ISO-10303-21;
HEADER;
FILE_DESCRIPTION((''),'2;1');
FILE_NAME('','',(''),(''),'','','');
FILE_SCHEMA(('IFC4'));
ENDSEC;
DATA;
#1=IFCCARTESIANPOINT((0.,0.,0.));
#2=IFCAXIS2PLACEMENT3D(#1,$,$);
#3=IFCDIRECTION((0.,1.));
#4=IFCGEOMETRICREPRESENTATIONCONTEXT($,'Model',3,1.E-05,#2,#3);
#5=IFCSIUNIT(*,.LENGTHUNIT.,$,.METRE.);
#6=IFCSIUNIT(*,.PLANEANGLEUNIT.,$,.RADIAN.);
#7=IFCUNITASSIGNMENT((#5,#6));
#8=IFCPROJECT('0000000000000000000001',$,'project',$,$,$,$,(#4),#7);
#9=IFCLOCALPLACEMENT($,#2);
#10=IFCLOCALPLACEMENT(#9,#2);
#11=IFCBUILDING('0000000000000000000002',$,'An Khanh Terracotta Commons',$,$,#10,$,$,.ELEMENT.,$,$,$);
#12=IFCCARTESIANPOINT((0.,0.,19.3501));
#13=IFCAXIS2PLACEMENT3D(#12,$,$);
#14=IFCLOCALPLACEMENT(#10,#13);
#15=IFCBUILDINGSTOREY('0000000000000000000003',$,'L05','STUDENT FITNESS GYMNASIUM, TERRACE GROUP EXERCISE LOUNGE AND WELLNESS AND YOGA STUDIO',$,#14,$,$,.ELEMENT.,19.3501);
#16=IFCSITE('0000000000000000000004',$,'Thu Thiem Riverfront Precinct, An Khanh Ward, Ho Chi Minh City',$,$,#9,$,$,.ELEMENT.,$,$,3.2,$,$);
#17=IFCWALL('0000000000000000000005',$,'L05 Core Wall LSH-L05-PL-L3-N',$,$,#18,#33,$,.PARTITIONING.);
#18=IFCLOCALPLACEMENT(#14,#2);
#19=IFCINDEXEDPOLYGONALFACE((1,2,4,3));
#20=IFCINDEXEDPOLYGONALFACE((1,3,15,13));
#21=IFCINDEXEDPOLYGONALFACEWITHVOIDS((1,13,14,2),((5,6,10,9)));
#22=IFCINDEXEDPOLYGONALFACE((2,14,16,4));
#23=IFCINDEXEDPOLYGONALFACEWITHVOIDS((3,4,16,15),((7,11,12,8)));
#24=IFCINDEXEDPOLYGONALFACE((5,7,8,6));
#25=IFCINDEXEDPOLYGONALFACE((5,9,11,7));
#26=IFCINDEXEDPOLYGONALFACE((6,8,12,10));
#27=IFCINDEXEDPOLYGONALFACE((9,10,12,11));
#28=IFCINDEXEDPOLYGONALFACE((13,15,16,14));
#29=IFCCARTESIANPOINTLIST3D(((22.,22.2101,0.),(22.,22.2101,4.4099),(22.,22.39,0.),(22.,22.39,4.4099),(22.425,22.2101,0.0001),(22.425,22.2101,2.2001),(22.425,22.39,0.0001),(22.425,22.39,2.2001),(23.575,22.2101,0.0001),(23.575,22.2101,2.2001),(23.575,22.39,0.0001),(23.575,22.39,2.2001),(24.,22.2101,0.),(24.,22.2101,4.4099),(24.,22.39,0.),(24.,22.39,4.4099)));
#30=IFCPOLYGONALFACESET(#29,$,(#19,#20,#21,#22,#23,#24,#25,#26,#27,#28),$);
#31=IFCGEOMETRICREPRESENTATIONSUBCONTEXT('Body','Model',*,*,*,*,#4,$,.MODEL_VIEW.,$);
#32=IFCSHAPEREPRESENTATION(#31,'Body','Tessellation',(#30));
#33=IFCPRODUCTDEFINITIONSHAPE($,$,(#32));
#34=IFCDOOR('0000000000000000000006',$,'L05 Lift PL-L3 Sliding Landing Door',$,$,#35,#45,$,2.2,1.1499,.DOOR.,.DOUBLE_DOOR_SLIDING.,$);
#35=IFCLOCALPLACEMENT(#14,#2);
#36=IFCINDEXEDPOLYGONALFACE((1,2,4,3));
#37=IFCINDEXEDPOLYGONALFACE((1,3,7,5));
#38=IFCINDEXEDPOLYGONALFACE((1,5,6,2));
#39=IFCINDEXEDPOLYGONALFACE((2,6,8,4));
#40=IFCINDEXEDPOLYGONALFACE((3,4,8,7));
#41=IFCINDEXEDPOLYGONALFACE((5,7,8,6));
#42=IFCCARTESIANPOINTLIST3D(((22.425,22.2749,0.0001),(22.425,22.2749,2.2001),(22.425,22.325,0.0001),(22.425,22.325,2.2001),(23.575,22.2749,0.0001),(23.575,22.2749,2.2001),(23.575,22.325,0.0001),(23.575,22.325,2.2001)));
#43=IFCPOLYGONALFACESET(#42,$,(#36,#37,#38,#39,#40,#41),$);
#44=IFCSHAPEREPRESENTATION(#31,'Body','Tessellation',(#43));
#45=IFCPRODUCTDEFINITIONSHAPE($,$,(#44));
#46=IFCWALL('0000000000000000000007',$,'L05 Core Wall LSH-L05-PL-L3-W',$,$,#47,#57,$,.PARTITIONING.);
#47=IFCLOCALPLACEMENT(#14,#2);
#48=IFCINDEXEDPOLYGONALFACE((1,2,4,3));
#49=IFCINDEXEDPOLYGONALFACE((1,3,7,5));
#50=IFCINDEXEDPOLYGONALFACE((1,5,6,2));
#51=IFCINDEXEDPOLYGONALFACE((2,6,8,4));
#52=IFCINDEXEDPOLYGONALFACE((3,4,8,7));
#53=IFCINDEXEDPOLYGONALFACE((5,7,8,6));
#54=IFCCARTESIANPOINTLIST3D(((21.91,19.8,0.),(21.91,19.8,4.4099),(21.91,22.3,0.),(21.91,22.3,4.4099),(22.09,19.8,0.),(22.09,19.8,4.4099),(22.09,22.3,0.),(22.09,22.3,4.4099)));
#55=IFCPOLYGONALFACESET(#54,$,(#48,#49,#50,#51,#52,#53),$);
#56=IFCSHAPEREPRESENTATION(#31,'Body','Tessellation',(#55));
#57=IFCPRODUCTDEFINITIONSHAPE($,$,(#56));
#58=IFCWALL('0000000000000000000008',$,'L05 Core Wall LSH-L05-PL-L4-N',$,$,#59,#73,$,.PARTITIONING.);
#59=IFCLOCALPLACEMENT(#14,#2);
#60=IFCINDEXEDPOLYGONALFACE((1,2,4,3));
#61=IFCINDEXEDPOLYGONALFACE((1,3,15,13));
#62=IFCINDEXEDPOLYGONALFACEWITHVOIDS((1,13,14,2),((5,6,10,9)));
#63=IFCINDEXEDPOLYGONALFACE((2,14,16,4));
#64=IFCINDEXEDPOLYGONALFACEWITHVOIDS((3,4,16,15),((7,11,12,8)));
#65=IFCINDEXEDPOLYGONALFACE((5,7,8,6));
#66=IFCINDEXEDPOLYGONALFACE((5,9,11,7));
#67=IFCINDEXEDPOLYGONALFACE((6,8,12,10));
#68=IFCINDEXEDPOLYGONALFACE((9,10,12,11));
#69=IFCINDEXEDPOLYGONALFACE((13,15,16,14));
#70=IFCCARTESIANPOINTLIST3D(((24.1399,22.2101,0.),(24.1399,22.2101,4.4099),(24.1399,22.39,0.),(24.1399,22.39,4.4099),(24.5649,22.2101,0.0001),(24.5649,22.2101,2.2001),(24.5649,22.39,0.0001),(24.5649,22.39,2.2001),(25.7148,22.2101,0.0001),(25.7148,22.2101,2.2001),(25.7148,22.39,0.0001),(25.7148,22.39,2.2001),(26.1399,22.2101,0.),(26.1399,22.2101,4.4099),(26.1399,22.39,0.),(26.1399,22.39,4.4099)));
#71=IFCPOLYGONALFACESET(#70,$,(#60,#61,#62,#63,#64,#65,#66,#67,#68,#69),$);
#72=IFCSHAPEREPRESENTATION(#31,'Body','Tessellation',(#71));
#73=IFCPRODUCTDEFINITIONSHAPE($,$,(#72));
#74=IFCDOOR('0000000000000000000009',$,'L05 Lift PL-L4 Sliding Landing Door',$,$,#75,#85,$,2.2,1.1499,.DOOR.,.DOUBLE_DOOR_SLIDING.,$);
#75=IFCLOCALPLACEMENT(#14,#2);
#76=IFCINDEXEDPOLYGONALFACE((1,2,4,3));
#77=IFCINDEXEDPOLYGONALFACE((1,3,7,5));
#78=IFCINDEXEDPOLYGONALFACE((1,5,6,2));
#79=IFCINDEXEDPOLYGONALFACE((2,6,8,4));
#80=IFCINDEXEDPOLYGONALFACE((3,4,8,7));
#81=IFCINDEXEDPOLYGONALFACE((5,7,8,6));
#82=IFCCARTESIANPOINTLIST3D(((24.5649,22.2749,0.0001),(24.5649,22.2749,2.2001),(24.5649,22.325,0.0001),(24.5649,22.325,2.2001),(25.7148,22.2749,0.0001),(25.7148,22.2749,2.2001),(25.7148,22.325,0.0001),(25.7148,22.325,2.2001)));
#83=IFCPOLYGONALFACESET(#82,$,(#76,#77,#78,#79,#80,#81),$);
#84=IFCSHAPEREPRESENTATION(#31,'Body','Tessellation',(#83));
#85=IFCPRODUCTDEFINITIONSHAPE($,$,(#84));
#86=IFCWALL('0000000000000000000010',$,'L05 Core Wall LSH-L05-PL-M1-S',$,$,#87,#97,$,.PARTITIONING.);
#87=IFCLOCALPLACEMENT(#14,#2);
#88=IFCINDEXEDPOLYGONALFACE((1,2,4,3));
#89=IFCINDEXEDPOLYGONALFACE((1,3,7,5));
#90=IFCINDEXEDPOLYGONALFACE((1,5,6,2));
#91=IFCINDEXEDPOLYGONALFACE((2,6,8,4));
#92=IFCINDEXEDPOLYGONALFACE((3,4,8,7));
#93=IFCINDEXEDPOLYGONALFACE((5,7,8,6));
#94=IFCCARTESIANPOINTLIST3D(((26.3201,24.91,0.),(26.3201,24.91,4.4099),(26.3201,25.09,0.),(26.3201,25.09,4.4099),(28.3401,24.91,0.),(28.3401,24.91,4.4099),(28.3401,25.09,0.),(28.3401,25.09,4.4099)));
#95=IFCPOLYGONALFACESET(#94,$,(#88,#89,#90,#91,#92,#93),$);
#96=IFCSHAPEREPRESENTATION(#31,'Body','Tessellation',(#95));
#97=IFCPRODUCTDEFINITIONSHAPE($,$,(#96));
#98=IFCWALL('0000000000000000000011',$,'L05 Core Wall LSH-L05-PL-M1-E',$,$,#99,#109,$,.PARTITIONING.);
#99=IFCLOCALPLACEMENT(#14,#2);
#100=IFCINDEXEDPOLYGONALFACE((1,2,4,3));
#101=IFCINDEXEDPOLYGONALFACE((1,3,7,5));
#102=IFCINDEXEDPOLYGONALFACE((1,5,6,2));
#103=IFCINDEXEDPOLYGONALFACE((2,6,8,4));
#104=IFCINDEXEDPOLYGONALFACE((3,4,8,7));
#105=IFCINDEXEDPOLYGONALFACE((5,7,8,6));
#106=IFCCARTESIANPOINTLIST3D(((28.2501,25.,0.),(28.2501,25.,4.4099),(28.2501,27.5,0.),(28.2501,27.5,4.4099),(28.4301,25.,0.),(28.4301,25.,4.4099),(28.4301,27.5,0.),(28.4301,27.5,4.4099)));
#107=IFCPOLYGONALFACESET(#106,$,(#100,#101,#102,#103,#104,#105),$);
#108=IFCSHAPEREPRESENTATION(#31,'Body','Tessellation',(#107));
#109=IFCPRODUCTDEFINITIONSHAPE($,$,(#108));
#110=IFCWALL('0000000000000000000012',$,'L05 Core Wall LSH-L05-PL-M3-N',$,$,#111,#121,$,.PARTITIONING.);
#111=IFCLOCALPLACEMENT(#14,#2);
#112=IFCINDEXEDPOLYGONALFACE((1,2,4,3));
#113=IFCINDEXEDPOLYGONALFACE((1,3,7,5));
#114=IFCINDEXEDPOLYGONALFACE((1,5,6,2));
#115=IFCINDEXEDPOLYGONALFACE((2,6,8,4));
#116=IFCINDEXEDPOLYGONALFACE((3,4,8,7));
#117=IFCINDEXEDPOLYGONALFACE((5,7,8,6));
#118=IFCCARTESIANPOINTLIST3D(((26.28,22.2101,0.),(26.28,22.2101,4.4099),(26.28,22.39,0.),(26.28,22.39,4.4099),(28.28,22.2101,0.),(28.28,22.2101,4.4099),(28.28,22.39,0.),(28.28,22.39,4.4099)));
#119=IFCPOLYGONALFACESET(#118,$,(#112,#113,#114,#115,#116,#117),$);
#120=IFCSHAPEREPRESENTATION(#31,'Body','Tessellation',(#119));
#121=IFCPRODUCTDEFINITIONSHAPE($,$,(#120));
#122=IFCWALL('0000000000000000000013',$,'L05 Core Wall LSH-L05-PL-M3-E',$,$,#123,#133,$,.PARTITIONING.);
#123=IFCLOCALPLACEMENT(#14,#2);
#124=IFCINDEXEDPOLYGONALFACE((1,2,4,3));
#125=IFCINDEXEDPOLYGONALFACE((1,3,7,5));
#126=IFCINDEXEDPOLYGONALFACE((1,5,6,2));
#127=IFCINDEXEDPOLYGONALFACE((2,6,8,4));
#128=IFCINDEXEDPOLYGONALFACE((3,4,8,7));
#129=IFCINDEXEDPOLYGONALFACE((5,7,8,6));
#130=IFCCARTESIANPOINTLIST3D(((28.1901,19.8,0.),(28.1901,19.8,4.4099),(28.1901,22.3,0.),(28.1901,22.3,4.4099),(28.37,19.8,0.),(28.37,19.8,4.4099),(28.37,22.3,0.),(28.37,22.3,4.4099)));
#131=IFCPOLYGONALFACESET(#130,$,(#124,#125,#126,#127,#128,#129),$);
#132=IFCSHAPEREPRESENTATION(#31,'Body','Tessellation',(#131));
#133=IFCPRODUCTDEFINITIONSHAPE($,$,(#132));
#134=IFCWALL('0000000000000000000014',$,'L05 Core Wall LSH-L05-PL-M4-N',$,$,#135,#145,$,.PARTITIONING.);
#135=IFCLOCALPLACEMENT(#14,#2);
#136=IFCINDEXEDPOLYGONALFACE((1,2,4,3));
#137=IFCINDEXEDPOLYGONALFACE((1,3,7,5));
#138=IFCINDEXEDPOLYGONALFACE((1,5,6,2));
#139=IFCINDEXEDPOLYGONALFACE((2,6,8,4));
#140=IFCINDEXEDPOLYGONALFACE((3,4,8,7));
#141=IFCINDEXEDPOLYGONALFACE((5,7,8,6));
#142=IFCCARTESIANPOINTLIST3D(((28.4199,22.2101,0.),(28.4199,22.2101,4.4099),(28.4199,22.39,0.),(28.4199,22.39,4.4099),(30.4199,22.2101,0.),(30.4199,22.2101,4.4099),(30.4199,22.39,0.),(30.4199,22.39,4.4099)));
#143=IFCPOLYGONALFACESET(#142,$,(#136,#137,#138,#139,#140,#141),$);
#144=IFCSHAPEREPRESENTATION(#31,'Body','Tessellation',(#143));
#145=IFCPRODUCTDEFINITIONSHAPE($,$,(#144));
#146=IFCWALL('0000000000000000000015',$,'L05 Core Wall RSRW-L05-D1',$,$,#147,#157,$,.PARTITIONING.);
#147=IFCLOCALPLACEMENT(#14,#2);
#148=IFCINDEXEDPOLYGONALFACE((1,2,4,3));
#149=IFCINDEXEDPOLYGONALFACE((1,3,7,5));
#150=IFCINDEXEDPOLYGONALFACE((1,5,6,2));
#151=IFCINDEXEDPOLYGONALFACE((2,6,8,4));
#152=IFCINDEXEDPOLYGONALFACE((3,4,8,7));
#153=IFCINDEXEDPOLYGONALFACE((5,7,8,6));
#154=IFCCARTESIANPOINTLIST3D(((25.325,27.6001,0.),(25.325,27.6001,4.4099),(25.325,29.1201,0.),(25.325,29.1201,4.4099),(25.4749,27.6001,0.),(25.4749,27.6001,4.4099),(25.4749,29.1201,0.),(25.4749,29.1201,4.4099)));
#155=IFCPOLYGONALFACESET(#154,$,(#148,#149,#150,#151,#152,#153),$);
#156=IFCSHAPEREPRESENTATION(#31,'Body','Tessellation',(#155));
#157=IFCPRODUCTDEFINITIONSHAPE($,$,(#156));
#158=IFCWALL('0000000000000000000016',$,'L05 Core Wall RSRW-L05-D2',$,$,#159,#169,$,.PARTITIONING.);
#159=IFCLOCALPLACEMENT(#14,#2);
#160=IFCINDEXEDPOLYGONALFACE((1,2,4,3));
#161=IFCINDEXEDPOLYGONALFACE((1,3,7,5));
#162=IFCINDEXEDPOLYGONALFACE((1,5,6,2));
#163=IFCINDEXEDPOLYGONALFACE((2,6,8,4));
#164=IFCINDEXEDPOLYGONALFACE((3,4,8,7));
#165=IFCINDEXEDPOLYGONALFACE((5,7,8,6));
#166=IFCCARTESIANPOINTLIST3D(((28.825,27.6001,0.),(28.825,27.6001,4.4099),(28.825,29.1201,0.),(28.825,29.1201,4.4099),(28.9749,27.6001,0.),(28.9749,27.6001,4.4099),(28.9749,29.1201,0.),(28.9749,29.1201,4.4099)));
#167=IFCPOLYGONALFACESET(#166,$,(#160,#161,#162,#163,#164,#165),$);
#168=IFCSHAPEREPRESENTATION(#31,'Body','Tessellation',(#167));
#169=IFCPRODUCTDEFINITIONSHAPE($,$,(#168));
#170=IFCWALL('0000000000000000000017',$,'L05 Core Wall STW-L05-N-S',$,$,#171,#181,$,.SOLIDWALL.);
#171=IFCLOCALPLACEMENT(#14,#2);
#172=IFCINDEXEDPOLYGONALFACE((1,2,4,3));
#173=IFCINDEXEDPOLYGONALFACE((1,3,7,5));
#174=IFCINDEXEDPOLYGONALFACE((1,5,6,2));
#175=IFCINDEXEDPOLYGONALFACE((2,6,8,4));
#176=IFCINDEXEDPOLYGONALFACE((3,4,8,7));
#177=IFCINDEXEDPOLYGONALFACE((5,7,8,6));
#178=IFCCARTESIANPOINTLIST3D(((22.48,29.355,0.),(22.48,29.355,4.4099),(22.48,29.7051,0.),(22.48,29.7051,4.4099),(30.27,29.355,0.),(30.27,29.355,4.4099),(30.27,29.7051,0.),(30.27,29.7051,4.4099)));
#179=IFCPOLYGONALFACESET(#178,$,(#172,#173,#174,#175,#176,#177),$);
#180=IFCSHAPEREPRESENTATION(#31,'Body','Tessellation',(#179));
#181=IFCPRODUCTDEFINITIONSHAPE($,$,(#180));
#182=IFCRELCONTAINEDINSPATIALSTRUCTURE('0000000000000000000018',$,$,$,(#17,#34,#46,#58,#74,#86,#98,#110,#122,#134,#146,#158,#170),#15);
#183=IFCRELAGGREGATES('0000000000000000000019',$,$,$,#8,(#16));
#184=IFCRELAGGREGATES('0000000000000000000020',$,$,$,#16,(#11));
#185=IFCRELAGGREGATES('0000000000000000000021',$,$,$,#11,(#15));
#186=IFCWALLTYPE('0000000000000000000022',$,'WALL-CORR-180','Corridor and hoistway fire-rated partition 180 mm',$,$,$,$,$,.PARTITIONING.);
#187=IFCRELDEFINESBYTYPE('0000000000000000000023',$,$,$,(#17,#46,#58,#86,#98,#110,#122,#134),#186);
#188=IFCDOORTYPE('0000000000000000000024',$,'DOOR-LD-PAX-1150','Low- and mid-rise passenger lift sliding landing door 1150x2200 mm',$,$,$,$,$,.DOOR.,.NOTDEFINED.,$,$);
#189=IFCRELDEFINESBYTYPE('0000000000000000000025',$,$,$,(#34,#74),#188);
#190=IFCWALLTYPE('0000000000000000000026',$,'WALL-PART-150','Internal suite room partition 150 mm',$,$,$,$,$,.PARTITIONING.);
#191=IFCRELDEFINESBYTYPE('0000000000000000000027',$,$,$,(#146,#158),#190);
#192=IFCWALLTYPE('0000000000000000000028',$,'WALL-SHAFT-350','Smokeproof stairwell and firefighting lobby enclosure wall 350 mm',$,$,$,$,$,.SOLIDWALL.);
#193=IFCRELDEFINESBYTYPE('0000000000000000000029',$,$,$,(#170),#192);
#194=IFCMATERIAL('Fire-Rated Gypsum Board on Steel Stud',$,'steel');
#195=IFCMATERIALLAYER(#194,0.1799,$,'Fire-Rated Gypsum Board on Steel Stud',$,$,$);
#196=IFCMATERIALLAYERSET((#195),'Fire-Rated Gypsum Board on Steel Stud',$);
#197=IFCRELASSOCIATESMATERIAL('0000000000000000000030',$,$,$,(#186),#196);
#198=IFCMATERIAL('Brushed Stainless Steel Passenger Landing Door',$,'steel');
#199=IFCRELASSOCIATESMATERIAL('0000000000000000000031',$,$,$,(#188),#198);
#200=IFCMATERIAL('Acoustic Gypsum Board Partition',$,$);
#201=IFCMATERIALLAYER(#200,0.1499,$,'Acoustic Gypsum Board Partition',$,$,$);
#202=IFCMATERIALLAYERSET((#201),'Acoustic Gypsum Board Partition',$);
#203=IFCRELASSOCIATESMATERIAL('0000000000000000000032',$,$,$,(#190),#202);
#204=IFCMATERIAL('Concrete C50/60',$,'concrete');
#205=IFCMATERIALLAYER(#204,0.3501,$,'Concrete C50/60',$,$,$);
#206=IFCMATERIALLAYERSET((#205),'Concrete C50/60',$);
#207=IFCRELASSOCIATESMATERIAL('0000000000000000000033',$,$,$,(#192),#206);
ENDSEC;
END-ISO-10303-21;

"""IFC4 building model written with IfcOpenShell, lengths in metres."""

from ifc_helpers import new_model, si_unit, direction, frame, frame_2d, origin, place, context, subcontext, project, spatial, rectangle, extrude, material, layer, layer_set, type_object, element, fill, save


model = new_model("IFC4")

# Units and contexts
model_context = context("Model", 3, precision=1e-05, world=origin(), true_north=direction((0.0, 1.0)))
body_context = subcontext(model_context, "Body", "Model", "MODEL_VIEW")
ifc_project = project(units=[si_unit("LENGTHUNIT", "METRE"), si_unit("PLANEANGLEUNIT", "RADIAN")], contexts=[model_context])

# Site, building, storey
site_placement = place(None, origin())
site = spatial("IfcSite", under=ifc_project, at=site_placement, Name="Thu Thiem Riverfront Precinct, An Khanh Ward, Ho Chi Minh City", CompositionType="ELEMENT", RefElevation=3.2)
building_placement = place(site_placement, origin())
building = spatial("IfcBuilding", under=site, at=building_placement, Name="An Khanh Terracotta Commons", CompositionType="ELEMENT")
storey_placement = place(building_placement, frame((0.0, 0.0, 19.3501)))
storey = spatial("IfcBuildingStorey", under=building, at=storey_placement, Name="L05", Description="STUDENT FITNESS GYMNASIUM, TERRACE GROUP EXERCISE LOUNGE AND WELLNESS AND YOGA STUDIO", CompositionType="ELEMENT", Elevation=19.3501)

# Shared definitions
ifc_material_1 = material(Name="Concrete C50/60", Category="concrete")

# Shared definitions
ifc_material_2 = material(Name="Fire-Rated Gypsum Board on Steel Stud", Category="steel")
ifc_layer_1 = layer(ifc_material_2, 0.1799, Name="Fire-Rated Gypsum Board on Steel Stud")
ifc_layer_set_1 = layer_set([ifc_layer_1], Name="Fire-Rated Gypsum Board on Steel Stud")
wall_type_1 = type_object("IfcWallType", Name="WALL-CORR-180", Description="Corridor and hoistway fire-rated partition 180 mm", PredefinedType="PARTITIONING", material=ifc_layer_set_1)

# Shared definitions
ifc_material_3 = material(Name="Brushed Stainless Steel Passenger Landing Door", Category="steel")
door_type = type_object("IfcDoorType", Name="DOOR-LD-PAX-1150", Description="Low- and mid-rise passenger lift sliding landing door 1150x2200 mm", OperationType="NOTDEFINED", PredefinedType="DOOR", material=ifc_material_3)

# Wall, opening, door
wall_1_placement = place(storey_placement, frame((22.0, 22.3, 0.0), z_axis=(0.0, 0.0, 1.0), x_axis=(1.0, 0.0, 0.0)))
wall_1 = element("IfcWall", 1, at=wall_1_placement, inside=storey, type_object=wall_type_1, Name="L05 Core Wall LSH-L05-PL-L3-N", PredefinedType="PARTITIONING", context=body_context, shape_type="SweptSolid", body=[
    extrude(rectangle(XDim=2.0, YDim=0.1799, at=frame_2d((1.0, 0.0))), origin(), (0.0, 0.0, 1.0), 4.4099),
])
opening_1_placement = place(wall_1_placement, frame((0.425, 0.0, 0.0)))
opening_1 = element("IfcOpeningElement", 2, at=opening_1_placement, cuts=wall_1, PredefinedType="OPENING", context=body_context, shape_type="SweptSolid", body=[
    extrude(rectangle(XDim=1.1499, YDim=2.2, at=frame_2d((0.575, 1.1001))), frame((0.0, 0.0999, 0.0), z_axis=(0.0, -1.0, 0.0), x_axis=(1.0, 0.0, 0.0)), (0.0, 0.0, 1.0), 0.2),
])
door_1_placement = place(opening_1_placement, origin())
door_1 = element("IfcDoor", 3, at=door_1_placement, inside=storey, type_object=door_type, Name="L05 Lift PL-L3 Sliding Landing Door", OperationType="DOUBLE_DOOR_SLIDING", OverallHeight=2.2, OverallWidth=1.1499, PredefinedType="DOOR", context=body_context, shape_type="SweptSolid", body=[
    extrude(rectangle(XDim=1.1499, YDim=2.2, at=frame_2d((0.575, 1.1001))), frame((0.0, 0.0249, 0.0), z_axis=(0.0, -1.0, 0.0), x_axis=(1.0, 0.0, 0.0)), (0.0, 0.0, 1.0), 0.05),
])
fill(opening_1, door_1)

# Wall
wall_2_placement = place(storey_placement, frame((22.0, 22.3, 0.0), z_axis=(0.0, 0.0, 1.0), x_axis=(0.0, -1.0, 0.0)))
element("IfcWall", 4, at=wall_2_placement, inside=storey, type_object=wall_type_1, Name="L05 Core Wall LSH-L05-PL-L3-W", PredefinedType="PARTITIONING", context=body_context, shape_type="SweptSolid", body=[
    extrude(rectangle(XDim=2.5, YDim=0.1799, at=frame_2d((1.25, 0.0))), origin(), (0.0, 0.0, 1.0), 4.4099),
])

# Wall, opening, door
wall_3_placement = place(storey_placement, frame((24.1399, 22.3, 0.0), z_axis=(0.0, 0.0, 1.0), x_axis=(1.0, 0.0, 0.0)))
wall_3 = element("IfcWall", 5, at=wall_3_placement, inside=storey, type_object=wall_type_1, Name="L05 Core Wall LSH-L05-PL-L4-N", PredefinedType="PARTITIONING", context=body_context, shape_type="SweptSolid", body=[
    extrude(rectangle(XDim=2.0, YDim=0.1799, at=frame_2d((1.0, 0.0))), origin(), (0.0, 0.0, 1.0), 4.4099),
])
opening_2_placement = place(wall_3_placement, frame((0.425, 0.0, 0.0)))
opening_2 = element("IfcOpeningElement", 6, at=opening_2_placement, cuts=wall_3, PredefinedType="OPENING", context=body_context, shape_type="SweptSolid", body=[
    extrude(rectangle(XDim=1.1499, YDim=2.2, at=frame_2d((0.575, 1.1001))), frame((0.0, 0.0999, 0.0), z_axis=(0.0, -1.0, 0.0), x_axis=(1.0, 0.0, 0.0)), (0.0, 0.0, 1.0), 0.2),
])
door_2_placement = place(opening_2_placement, origin())
door_2 = element("IfcDoor", 7, at=door_2_placement, inside=storey, type_object=door_type, Name="L05 Lift PL-L4 Sliding Landing Door", OperationType="DOUBLE_DOOR_SLIDING", OverallHeight=2.2, OverallWidth=1.1499, PredefinedType="DOOR", context=body_context, shape_type="SweptSolid", body=[
    extrude(rectangle(XDim=1.1499, YDim=2.2, at=frame_2d((0.575, 1.1001))), frame((0.0, 0.0249, 0.0), z_axis=(0.0, -1.0, 0.0), x_axis=(1.0, 0.0, 0.0)), (0.0, 0.0, 1.0), 0.05),
])
fill(opening_2, door_2)

# Walls
wall_4_placement = place(storey_placement, frame((28.3401, 25.0, 0.0), z_axis=(0.0, 0.0, 1.0), x_axis=(-1.0, 0.0, 0.0)))
element("IfcWall", 8, at=wall_4_placement, inside=storey, type_object=wall_type_1, Name="L05 Core Wall LSH-L05-PL-M1-S", PredefinedType="PARTITIONING", context=body_context, shape_type="SweptSolid", body=[
    extrude(rectangle(XDim=2.02, YDim=0.1799, at=frame_2d((1.01, 0.0))), origin(), (0.0, 0.0, 1.0), 4.4099),
])
wall_5_placement = place(storey_placement, frame((28.3401, 25.0, 0.0), z_axis=(0.0, 0.0, 1.0), x_axis=(0.0, 1.0, 0.0)))
element("IfcWall", 9, at=wall_5_placement, inside=storey, type_object=wall_type_1, Name="L05 Core Wall LSH-L05-PL-M1-E", PredefinedType="PARTITIONING", context=body_context, shape_type="SweptSolid", body=[
    extrude(rectangle(XDim=2.5, YDim=0.1799, at=frame_2d((1.25, 0.0))), origin(), (0.0, 0.0, 1.0), 4.4099),
])
wall_6_placement = place(storey_placement, frame((26.28, 22.3, 0.0), z_axis=(0.0, 0.0, 1.0), x_axis=(1.0, 0.0, 0.0)))
element("IfcWall", 10, at=wall_6_placement, inside=storey, type_object=wall_type_1, Name="L05 Core Wall LSH-L05-PL-M3-N", PredefinedType="PARTITIONING", context=body_context, shape_type="SweptSolid", body=[
    extrude(rectangle(XDim=2.0, YDim=0.1799, at=frame_2d((1.0, 0.0))), origin(), (0.0, 0.0, 1.0), 4.4099),
])
wall_7_placement = place(storey_placement, frame((28.28, 19.8, 0.0), z_axis=(0.0, 0.0, 1.0), x_axis=(0.0, 1.0, 0.0)))
element("IfcWall", 11, at=wall_7_placement, inside=storey, type_object=wall_type_1, Name="L05 Core Wall LSH-L05-PL-M3-E", PredefinedType="PARTITIONING", context=body_context, shape_type="SweptSolid", body=[
    extrude(rectangle(XDim=2.5, YDim=0.1799, at=frame_2d((1.25, 0.0))), origin(), (0.0, 0.0, 1.0), 4.4099),
])
wall_8_placement = place(storey_placement, frame((28.4199, 22.3, 0.0), z_axis=(0.0, 0.0, 1.0), x_axis=(1.0, 0.0, 0.0)))
element("IfcWall", 12, at=wall_8_placement, inside=storey, type_object=wall_type_1, Name="L05 Core Wall LSH-L05-PL-M4-N", PredefinedType="PARTITIONING", context=body_context, shape_type="SweptSolid", body=[
    extrude(rectangle(XDim=2.0, YDim=0.1799, at=frame_2d((1.0, 0.0))), origin(), (0.0, 0.0, 1.0), 4.4099),
])
ifc_material_4 = material(Name="Acoustic Gypsum Board Partition")
ifc_layer_2 = layer(ifc_material_4, 0.1499, Name="Acoustic Gypsum Board Partition")
ifc_layer_set_2 = layer_set([ifc_layer_2], Name="Acoustic Gypsum Board Partition")
wall_type_2 = type_object("IfcWallType", Name="WALL-PART-150", Description="Internal suite room partition 150 mm", PredefinedType="PARTITIONING", material=ifc_layer_set_2)
for number, where, z_axis, x_axis, name in (
    (13, (25.3999, 27.6001, 0.0), (0.0, 0.0, 1.0), (0.0, 1.0, 0.0), "L05 Core Wall RSRW-L05-D1"),
    (14, (28.8999, 27.6001, 0.0), (0.0, 0.0, 1.0), (0.0, 1.0, 0.0), "L05 Core Wall RSRW-L05-D2"),
):
    element("IfcWall", number, at=place(storey_placement, frame(where, z_axis=z_axis, x_axis=x_axis)), inside=storey, type_object=wall_type_2, Name=name, PredefinedType="PARTITIONING", context=body_context, shape_type="SweptSolid", body=[
        extrude(rectangle(XDim=1.52, YDim=0.1499, at=frame_2d((0.76, 0.0))), origin(), (0.0, 0.0, 1.0), 4.4099),
    ])
ifc_layer_3 = layer(ifc_material_1, 0.3501, Name="Concrete C50/60")
ifc_layer_set_3 = layer_set([ifc_layer_3], Name="Concrete C50/60")
wall_type_3 = type_object("IfcWallType", Name="WALL-SHAFT-350", Description="Smokeproof stairwell and firefighting lobby enclosure wall 350 mm", PredefinedType="SOLIDWALL", material=ifc_layer_set_3)
wall_9_placement = place(storey_placement, frame((22.48, 29.53, 0.0), z_axis=(0.0, 0.0, 1.0), x_axis=(1.0, 0.0, 0.0)))
element("IfcWall", 15, at=wall_9_placement, inside=storey, type_object=wall_type_3, Name="L05 Core Wall STW-L05-N-S", PredefinedType="SOLIDWALL", context=body_context, shape_type="SweptSolid", body=[
    extrude(rectangle(XDim=7.79, YDim=0.3501, at=frame_2d((3.895, 0.0))), origin(), (0.0, 0.0, 1.0), 4.4099),
])

save(model, "model.ifc")
